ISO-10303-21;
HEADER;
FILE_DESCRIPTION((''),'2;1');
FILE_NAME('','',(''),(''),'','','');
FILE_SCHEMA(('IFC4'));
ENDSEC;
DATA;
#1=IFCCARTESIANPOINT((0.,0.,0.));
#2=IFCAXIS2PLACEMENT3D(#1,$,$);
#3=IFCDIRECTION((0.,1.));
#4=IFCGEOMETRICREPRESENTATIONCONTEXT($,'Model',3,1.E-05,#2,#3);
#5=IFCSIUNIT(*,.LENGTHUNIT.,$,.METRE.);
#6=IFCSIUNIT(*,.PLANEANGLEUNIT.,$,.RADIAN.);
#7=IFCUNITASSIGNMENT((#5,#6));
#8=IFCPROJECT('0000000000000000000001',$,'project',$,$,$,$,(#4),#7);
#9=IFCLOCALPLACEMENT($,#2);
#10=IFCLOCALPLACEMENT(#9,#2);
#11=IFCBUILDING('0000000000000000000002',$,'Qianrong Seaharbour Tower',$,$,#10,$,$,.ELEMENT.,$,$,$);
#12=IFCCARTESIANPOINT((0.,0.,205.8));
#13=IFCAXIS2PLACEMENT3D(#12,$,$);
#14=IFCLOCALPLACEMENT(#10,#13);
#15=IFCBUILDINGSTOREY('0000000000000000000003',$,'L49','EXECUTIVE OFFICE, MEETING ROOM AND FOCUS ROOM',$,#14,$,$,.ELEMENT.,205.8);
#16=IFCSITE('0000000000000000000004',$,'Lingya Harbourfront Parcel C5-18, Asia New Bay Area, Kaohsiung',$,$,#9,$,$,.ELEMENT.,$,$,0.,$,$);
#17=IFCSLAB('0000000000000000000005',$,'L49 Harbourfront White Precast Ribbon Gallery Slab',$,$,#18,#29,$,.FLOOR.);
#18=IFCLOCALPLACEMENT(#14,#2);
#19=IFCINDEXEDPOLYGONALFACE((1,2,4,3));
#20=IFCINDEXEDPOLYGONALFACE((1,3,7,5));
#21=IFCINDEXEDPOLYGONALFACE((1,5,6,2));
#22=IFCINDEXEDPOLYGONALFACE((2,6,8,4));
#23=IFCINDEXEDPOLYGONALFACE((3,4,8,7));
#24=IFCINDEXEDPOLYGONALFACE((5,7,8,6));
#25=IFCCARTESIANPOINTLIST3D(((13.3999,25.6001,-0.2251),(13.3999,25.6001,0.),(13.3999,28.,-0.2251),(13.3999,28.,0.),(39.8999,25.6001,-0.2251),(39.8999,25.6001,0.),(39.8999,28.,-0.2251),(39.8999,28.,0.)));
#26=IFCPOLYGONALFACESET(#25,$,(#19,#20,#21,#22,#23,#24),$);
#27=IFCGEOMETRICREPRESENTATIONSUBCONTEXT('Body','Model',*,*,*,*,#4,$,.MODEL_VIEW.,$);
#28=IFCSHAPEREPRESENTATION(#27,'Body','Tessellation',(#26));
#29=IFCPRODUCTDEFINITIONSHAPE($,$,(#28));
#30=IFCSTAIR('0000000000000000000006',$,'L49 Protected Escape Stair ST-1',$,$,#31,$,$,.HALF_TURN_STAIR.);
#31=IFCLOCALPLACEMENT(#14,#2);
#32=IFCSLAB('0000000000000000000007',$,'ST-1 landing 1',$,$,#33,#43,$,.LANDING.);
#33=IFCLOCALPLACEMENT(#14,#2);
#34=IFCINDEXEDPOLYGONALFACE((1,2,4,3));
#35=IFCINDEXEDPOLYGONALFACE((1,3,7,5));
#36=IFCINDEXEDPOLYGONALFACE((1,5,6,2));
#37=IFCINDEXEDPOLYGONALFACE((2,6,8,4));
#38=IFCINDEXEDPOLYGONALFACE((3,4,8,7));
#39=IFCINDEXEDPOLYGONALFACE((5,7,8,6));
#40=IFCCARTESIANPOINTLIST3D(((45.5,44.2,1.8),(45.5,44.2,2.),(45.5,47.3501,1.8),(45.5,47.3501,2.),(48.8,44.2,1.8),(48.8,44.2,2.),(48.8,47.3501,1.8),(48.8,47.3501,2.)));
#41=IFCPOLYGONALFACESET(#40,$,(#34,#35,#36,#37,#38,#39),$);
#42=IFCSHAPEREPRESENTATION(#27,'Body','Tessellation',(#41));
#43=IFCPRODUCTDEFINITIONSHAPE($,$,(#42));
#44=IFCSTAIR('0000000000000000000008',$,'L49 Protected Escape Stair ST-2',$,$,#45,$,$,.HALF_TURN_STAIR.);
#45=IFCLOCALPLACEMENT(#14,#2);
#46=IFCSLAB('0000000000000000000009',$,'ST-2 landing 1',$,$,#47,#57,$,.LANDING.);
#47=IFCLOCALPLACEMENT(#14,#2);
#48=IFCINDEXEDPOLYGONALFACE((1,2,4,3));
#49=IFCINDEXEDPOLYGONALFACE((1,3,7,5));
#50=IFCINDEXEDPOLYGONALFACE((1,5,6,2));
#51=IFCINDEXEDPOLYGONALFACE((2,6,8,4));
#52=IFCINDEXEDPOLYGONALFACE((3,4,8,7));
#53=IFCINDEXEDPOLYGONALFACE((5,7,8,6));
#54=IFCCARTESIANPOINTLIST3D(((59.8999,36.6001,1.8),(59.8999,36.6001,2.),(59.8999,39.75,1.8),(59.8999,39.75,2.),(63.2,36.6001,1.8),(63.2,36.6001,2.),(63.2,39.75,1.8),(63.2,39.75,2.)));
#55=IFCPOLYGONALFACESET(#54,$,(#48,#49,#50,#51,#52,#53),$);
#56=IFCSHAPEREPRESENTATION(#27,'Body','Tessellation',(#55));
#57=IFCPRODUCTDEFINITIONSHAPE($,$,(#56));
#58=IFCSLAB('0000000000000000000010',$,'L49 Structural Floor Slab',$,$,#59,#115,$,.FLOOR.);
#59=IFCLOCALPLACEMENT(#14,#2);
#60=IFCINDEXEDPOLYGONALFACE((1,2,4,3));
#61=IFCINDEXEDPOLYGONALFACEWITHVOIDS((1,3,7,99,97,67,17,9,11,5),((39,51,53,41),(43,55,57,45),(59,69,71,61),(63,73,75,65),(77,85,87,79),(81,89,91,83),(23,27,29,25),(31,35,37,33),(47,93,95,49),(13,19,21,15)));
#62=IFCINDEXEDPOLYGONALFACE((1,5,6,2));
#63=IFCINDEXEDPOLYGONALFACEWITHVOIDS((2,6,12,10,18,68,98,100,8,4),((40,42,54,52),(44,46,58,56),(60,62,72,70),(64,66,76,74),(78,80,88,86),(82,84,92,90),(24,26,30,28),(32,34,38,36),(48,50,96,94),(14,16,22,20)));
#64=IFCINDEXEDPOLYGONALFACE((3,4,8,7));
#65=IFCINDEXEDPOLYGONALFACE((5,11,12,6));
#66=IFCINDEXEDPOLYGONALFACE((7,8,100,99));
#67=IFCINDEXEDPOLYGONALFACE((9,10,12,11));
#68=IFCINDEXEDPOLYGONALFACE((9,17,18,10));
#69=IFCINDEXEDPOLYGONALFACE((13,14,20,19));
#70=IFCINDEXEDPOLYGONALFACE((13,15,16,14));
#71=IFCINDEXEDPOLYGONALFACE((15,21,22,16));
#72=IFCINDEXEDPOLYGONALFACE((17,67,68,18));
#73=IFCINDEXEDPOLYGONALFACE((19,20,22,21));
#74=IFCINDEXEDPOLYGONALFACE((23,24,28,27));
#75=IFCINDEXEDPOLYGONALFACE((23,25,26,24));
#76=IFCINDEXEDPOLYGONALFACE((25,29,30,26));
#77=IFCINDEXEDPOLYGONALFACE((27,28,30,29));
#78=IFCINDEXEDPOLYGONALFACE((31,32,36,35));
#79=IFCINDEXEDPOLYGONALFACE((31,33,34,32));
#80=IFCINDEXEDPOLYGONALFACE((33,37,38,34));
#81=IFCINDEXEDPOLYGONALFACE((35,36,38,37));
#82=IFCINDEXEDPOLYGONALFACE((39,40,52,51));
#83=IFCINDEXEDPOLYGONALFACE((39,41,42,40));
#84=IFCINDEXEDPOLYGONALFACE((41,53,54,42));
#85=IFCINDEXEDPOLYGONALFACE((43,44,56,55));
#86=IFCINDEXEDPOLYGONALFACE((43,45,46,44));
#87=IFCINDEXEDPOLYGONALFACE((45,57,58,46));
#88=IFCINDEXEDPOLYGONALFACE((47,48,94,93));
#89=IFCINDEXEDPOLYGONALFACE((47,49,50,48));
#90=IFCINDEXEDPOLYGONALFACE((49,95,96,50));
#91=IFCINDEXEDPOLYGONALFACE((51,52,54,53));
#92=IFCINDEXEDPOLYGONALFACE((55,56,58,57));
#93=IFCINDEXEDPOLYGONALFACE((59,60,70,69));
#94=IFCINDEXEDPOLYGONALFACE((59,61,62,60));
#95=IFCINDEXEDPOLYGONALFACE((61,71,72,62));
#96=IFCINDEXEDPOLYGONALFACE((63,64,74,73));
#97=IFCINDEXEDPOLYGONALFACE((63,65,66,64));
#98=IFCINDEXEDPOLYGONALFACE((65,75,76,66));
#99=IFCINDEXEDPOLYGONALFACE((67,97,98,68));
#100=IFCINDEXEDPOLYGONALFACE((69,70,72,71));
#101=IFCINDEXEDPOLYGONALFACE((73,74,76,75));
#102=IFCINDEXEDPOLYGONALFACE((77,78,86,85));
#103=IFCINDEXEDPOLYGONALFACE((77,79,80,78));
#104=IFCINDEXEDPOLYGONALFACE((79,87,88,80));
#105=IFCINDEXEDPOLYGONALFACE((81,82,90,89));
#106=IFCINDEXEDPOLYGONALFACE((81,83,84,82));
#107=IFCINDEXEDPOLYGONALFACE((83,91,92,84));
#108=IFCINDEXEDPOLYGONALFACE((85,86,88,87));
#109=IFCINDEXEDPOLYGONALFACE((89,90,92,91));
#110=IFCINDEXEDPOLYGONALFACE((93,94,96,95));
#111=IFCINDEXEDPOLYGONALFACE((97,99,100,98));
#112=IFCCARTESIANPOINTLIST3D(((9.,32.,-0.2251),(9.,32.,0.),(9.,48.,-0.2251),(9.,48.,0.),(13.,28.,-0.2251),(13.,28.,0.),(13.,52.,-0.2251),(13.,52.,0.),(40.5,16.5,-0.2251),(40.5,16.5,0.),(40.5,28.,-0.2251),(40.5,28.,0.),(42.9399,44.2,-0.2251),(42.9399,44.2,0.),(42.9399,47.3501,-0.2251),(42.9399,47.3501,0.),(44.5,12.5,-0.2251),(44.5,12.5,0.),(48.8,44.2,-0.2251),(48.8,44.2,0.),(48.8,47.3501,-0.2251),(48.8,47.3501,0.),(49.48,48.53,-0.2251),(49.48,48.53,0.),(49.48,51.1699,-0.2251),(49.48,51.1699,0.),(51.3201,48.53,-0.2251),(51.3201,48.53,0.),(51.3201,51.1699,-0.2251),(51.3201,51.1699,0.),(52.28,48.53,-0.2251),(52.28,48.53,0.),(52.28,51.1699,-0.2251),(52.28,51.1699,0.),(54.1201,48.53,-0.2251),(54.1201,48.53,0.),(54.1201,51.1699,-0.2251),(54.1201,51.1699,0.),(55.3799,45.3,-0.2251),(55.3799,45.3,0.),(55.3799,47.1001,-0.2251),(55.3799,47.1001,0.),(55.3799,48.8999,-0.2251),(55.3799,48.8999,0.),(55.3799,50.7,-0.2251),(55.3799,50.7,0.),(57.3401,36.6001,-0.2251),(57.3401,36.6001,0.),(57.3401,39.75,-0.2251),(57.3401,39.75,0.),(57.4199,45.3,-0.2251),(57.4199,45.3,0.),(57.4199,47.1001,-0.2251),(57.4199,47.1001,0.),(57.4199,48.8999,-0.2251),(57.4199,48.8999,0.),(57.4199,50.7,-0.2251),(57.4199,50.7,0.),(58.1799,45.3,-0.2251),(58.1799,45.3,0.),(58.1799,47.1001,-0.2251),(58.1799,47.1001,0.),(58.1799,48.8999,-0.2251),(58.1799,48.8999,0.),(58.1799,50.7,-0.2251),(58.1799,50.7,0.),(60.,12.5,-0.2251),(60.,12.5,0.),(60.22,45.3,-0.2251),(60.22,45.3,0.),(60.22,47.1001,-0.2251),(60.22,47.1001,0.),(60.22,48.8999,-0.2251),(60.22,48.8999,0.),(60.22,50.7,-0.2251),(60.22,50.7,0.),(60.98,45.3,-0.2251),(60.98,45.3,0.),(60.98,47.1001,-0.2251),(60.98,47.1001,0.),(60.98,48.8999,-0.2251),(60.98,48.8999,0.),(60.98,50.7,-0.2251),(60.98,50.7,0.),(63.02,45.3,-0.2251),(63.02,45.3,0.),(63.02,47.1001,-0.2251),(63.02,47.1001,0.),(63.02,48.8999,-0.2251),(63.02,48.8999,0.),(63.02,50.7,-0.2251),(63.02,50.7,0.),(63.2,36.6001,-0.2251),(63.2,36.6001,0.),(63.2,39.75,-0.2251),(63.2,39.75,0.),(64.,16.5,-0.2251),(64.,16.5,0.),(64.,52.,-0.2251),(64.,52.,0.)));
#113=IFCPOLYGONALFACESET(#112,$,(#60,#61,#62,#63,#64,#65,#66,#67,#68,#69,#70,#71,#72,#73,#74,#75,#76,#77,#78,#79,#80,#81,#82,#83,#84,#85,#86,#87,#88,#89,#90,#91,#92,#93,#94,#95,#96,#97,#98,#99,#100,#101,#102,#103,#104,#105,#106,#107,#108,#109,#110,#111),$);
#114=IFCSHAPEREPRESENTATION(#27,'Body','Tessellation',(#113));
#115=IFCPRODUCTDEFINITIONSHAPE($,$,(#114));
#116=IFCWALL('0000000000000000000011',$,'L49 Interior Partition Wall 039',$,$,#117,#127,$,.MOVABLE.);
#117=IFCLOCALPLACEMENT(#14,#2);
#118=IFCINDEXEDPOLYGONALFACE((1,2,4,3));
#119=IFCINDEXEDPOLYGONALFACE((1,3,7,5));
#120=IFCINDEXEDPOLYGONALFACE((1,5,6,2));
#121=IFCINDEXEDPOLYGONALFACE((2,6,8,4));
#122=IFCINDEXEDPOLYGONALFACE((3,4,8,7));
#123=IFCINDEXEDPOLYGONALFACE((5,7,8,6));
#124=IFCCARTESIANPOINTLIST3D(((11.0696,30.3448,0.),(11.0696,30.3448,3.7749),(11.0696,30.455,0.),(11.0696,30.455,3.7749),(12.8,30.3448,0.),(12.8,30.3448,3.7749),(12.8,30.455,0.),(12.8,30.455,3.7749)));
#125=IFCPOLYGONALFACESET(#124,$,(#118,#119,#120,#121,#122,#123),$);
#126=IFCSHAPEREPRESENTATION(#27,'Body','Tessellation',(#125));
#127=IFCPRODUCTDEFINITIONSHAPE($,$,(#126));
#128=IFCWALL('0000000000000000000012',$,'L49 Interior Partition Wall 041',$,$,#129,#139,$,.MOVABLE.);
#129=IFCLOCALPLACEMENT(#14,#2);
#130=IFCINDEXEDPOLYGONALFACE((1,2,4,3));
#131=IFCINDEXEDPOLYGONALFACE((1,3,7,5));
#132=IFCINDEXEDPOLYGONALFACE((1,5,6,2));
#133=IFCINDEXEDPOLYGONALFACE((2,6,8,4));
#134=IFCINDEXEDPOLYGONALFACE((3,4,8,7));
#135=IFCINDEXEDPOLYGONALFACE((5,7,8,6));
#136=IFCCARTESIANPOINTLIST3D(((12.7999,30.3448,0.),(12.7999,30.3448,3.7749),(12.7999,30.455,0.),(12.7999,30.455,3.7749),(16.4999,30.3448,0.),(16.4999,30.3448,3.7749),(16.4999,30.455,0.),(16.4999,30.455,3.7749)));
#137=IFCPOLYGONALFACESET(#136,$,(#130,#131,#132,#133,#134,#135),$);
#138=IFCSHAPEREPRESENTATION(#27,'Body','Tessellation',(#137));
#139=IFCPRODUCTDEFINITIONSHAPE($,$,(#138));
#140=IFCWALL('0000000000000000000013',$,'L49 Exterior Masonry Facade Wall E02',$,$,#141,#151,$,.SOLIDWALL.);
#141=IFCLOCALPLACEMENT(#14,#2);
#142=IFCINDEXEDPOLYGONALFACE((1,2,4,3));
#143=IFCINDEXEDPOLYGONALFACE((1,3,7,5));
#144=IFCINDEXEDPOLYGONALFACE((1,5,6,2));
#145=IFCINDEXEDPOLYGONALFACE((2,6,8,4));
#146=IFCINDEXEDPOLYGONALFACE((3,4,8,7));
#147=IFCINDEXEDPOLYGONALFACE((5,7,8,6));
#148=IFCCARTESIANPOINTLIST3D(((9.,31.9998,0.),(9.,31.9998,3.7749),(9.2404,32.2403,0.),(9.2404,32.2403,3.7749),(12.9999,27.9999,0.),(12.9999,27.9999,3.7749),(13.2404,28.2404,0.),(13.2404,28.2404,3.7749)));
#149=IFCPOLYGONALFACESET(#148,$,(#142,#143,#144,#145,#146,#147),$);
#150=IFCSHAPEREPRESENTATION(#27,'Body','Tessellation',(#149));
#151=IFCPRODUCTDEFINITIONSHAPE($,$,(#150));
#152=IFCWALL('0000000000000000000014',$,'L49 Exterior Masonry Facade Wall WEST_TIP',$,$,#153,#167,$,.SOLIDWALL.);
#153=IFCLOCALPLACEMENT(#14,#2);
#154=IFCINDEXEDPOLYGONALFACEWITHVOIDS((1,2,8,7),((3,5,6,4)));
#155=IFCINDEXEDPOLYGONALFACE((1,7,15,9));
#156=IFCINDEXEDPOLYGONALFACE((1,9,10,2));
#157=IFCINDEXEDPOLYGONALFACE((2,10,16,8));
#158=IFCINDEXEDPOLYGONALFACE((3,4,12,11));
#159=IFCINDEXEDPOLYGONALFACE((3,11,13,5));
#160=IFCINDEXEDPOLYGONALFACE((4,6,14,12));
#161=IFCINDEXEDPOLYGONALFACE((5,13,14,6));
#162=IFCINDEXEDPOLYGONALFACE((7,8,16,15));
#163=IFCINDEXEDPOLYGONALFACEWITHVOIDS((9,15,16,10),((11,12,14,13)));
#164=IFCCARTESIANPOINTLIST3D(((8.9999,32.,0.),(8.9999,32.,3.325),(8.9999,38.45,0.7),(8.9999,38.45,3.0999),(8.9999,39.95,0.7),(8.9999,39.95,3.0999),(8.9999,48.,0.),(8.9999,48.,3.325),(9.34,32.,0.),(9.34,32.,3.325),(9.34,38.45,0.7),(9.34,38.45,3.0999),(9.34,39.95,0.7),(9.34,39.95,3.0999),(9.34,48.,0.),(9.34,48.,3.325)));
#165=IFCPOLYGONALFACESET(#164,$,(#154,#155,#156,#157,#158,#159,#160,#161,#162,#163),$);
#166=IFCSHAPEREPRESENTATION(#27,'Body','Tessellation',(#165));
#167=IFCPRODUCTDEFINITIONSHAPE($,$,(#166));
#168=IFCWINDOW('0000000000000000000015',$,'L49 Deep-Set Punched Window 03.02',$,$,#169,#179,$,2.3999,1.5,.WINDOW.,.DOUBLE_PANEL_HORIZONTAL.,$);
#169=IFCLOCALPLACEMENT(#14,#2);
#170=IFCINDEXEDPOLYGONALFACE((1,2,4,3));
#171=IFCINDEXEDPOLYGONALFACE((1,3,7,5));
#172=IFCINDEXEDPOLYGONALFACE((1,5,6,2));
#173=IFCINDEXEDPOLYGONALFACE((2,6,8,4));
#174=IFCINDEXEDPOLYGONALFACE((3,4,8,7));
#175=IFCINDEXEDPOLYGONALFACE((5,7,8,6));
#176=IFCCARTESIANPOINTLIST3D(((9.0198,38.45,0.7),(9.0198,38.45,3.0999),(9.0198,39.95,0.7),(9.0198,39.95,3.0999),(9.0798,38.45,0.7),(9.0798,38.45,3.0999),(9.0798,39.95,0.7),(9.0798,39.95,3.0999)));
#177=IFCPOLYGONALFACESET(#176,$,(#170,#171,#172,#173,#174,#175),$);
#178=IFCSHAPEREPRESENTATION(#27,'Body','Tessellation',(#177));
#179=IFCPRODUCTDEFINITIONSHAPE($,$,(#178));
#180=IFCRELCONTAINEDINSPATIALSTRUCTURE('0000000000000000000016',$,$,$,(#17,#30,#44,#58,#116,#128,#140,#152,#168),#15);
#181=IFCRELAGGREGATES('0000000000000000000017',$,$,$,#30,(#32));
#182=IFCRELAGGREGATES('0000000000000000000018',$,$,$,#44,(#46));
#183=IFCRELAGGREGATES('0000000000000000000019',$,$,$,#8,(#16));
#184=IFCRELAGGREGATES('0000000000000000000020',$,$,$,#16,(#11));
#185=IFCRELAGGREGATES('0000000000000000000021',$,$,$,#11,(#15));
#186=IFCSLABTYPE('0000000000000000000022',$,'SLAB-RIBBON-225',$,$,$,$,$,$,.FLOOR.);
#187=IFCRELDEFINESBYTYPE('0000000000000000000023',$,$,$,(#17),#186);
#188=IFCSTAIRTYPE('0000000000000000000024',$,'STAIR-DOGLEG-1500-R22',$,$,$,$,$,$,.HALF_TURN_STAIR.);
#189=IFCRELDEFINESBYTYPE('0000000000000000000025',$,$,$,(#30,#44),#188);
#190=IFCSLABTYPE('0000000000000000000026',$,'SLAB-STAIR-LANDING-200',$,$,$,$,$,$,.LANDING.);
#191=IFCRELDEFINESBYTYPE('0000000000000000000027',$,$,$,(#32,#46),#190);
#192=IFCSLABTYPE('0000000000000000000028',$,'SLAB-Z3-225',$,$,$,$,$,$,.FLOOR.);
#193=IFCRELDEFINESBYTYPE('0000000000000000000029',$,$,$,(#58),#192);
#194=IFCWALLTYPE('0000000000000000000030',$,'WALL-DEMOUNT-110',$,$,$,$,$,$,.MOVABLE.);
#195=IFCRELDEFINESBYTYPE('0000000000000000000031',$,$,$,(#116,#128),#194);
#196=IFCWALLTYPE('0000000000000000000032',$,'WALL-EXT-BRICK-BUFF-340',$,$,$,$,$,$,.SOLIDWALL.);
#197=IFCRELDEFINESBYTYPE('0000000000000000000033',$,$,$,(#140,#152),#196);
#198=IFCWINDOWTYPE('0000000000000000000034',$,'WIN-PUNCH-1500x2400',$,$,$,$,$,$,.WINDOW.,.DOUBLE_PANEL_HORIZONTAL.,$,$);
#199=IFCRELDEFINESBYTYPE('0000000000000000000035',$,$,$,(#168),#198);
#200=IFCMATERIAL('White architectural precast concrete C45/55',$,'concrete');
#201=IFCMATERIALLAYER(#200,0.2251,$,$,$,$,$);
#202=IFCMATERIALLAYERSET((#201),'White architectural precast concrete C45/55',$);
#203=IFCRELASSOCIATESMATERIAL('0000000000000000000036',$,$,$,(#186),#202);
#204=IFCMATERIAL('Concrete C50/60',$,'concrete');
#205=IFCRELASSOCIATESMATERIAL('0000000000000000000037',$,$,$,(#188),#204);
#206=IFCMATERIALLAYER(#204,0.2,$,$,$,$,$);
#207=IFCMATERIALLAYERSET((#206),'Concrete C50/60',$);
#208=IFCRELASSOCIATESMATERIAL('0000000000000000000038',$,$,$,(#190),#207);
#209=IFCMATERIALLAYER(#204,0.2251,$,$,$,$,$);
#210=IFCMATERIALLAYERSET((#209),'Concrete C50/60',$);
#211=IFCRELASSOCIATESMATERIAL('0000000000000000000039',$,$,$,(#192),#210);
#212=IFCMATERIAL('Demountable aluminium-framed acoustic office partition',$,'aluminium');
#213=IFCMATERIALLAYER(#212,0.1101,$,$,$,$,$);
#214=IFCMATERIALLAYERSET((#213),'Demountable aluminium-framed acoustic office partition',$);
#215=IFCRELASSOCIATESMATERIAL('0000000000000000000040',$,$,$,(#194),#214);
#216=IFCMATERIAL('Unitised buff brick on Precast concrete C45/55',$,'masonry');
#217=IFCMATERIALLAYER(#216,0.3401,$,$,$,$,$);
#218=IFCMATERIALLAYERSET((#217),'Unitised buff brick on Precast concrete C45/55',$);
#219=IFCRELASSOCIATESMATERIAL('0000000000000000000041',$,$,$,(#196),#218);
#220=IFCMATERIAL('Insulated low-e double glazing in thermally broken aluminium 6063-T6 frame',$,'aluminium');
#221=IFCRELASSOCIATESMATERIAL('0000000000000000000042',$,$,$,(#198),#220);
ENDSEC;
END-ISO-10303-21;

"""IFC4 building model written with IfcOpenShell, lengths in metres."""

from ifc_helpers import new_model, si_unit, direction, frame, frame_2d, origin, place, context, subcontext, project, spatial, polyline, rectangle, outline, extrude, material, layer, layer_set, type_object, element, fill, aggregate, save


model = new_model("IFC4")

# Units and contexts
model_context = context("Model", 3, precision=1e-05, world=origin(), true_north=direction((0.0, 1.0)))
body_context = subcontext(model_context, "Body", "Model", "MODEL_VIEW")
ifc_project = project(units=[si_unit("LENGTHUNIT", "METRE"), si_unit("PLANEANGLEUNIT", "RADIAN")], contexts=[model_context])

# Site, building, storey
site_placement = place(None, origin())
site = spatial("IfcSite", under=ifc_project, at=site_placement, Name="Lingya Harbourfront Parcel C5-18, Asia New Bay Area, Kaohsiung", CompositionType="ELEMENT", RefElevation=0.0)
building_placement = place(site_placement, origin())
building = spatial("IfcBuilding", under=site, at=building_placement, Name="Qianrong Seaharbour Tower", CompositionType="ELEMENT")
storey_placement = place(building_placement, frame((0.0, 0.0, 205.8)))
storey = spatial("IfcBuildingStorey", under=building, at=storey_placement, Name="L49", Description="EXECUTIVE OFFICE, MEETING ROOM AND FOCUS ROOM", CompositionType="ELEMENT", Elevation=205.8)

# Shared definitions
ifc_material_1 = material(Name="White architectural precast concrete C45/55", Category="concrete")

# Slab
ifc_layer_1 = layer(ifc_material_1, 0.2251)
ifc_layer_set_1 = layer_set([ifc_layer_1], Name="White architectural precast concrete C45/55")
slab_type_1 = type_object("IfcSlabType", Name="SLAB-RIBBON-225", PredefinedType="FLOOR", material=ifc_layer_set_1)
slab_1_placement = place(storey_placement, frame((0.0, 0.0, -0.2251)))
element("IfcSlab", 1, at=slab_1_placement, inside=storey, type_object=slab_type_1, Name="L49 Harbourfront White Precast Ribbon Gallery Slab", PredefinedType="FLOOR", context=body_context, shape_type="SweptSolid", body=[
    extrude(outline(polyline([(13.3999, 25.6001), (39.8999, 25.6001), (39.8999, 28.0), (13.3999, 28.0), (13.3999, 25.6001)])), origin(), (0.0, 0.0, 1.0), 0.2251),
])

# Stairs, slabs
ifc_material_2 = material(Name="Concrete C50/60", Category="concrete")
stair_type = type_object("IfcStairType", Name="STAIR-DOGLEG-1500-R22", PredefinedType="HALF_TURN_STAIR", material=ifc_material_2)
stair_1_placement = place(storey_placement, origin())
stair_1 = element("IfcStair", 2, at=stair_1_placement, inside=storey, type_object=stair_type, Name="L49 Protected Escape Stair ST-1", PredefinedType="HALF_TURN_STAIR")
ifc_layer_2 = layer(ifc_material_2, 0.2)
ifc_layer_set_2 = layer_set([ifc_layer_2], Name="Concrete C50/60")
slab_type_2 = type_object("IfcSlabType", Name="SLAB-STAIR-LANDING-200", PredefinedType="LANDING", material=ifc_layer_set_2)
slab_2_placement = place(storey_placement, frame((0.0, 0.0, 1.8)))
slab_2 = element("IfcSlab", 3, at=slab_2_placement, type_object=slab_type_2, Name="ST-1 landing 1", PredefinedType="LANDING", context=body_context, shape_type="SweptSolid", body=[
    extrude(outline(polyline([(45.5, 44.2), (48.8, 44.2), (48.8, 47.3501), (45.5, 47.3501), (45.5, 44.2)])), origin(), (0.0, 0.0, 1.0), 0.2),
])
aggregate(stair_1, [slab_2])
stair_2_placement = place(storey_placement, origin())
stair_2 = element("IfcStair", 4, at=stair_2_placement, inside=storey, type_object=stair_type, Name="L49 Protected Escape Stair ST-2", PredefinedType="HALF_TURN_STAIR")
slab_3_placement = place(storey_placement, frame((0.0, 0.0, 1.8)))
slab_3 = element("IfcSlab", 5, at=slab_3_placement, type_object=slab_type_2, Name="ST-2 landing 1", PredefinedType="LANDING", context=body_context, shape_type="SweptSolid", body=[
    extrude(outline(polyline([(59.8999, 36.6001), (63.2, 36.6001), (63.2, 39.75), (59.8999, 39.75), (59.8999, 36.6001)])), origin(), (0.0, 0.0, 1.0), 0.2),
])
aggregate(stair_2, [slab_3])

# Slab
ifc_layer_3 = layer(ifc_material_2, 0.2251)
ifc_layer_set_3 = layer_set([ifc_layer_3], Name="Concrete C50/60")
slab_type_3 = type_object("IfcSlabType", Name="SLAB-Z3-225", PredefinedType="FLOOR", material=ifc_layer_set_3)
slab_4_placement = place(storey_placement, frame((0.0, 0.0, -0.2251)))
element("IfcSlab", 6, at=slab_4_placement, inside=storey, type_object=slab_type_3, Name="L49 Structural Floor Slab", PredefinedType="FLOOR", context=body_context, shape_type="SweptSolid", body=[
    extrude(outline(polyline([(44.5, 12.5), (60.0, 12.5), (64.0, 16.5), (64.0, 52.0), (13.0, 52.0), (9.0, 48.0), (9.0, 32.0), (13.0, 28.0), (40.5, 28.0), (40.5, 16.5), (44.5, 12.5)]), holes=[polyline([(42.9399, 44.2), (42.9399, 47.3501), (48.8, 47.3501), (48.8, 44.2), (42.9399, 44.2)]), polyline([(57.3401, 36.6001), (57.3401, 39.75), (63.2, 39.75), (63.2, 36.6001), (57.3401, 36.6001)]), polyline([(49.48, 48.53), (49.48, 51.1699), (51.3201, 51.1699), (51.3201, 48.53), (49.48, 48.53)]), polyline([(52.28, 48.53), (52.28, 51.1699), (54.1201, 51.1699), (54.1201, 48.53), (52.28, 48.53)]), polyline([(55.3799, 45.3), (55.3799, 47.1001), (57.4199, 47.1001), (57.4199, 45.3), (55.3799, 45.3)]), polyline([(58.1799, 45.3), (58.1799, 47.1001), (60.22, 47.1001), (60.22, 45.3), (58.1799, 45.3)]), polyline([(60.98, 45.3), (60.98, 47.1001), (63.02, 47.1001), (63.02, 45.3), (60.98, 45.3)]), polyline([(55.3799, 48.8999), (55.3799, 50.7), (57.4199, 50.7), (57.4199, 48.8999), (55.3799, 48.8999)]), polyline([(58.1799, 48.8999), (58.1799, 50.7), (60.22, 50.7), (60.22, 48.8999), (58.1799, 48.8999)]), polyline([(60.98, 48.8999), (60.98, 50.7), (63.02, 50.7), (63.02, 48.8999), (60.98, 48.8999)])]), origin(), (0.0, 0.0, 1.0), 0.2251),
])

# Walls
ifc_material_3 = material(Name="Demountable aluminium-framed acoustic office partition", Category="aluminium")
ifc_layer_4 = layer(ifc_material_3, 0.1101)
ifc_layer_set_4 = layer_set([ifc_layer_4], Name="Demountable aluminium-framed acoustic office partition")
wall_type_1 = type_object("IfcWallType", Name="WALL-DEMOUNT-110", PredefinedType="MOVABLE", material=ifc_layer_set_4)
wall_1_placement = place(storey_placement, frame((12.8, 30.3999, 0.0), z_axis=(0.0, 0.0, 1.0), x_axis=(-1.0, 0.0, 0.0)))
element("IfcWall", 7, at=wall_1_placement, inside=storey, type_object=wall_type_1, Name="L49 Interior Partition Wall 039", PredefinedType="MOVABLE", context=body_context, shape_type="SweptSolid", body=[
    extrude(rectangle(XDim=1.7305, YDim=0.1101, at=frame_2d((0.8652, 0.0))), origin(), (0.0, 0.0, 1.0), 3.7749),
])
wall_2_placement = place(storey_placement, frame((16.5, 30.3999, 0.0), z_axis=(0.0, 0.0, 1.0), x_axis=(-1.0, 0.0, 0.0)))
element("IfcWall", 8, at=wall_2_placement, inside=storey, type_object=wall_type_1, Name="L49 Interior Partition Wall 041", PredefinedType="MOVABLE", context=body_context, shape_type="SweptSolid", body=[
    extrude(rectangle(XDim=3.7, YDim=0.1101, at=frame_2d((1.8501, 0.0))), origin(), (0.0, 0.0, 1.0), 3.7749),
])
ifc_material_4 = material(Name="Unitised buff brick on Precast concrete C45/55", Category="masonry")
ifc_layer_5 = layer(ifc_material_4, 0.3401)
ifc_layer_set_5 = layer_set([ifc_layer_5], Name="Unitised buff brick on Precast concrete C45/55")
wall_type_2 = type_object("IfcWallType", Name="WALL-EXT-BRICK-BUFF-340", PredefinedType="SOLIDWALL", material=ifc_layer_set_5)
wall_3_placement = place(storey_placement, frame((13.1201, 28.1201, 0.0), z_axis=(0.0, 0.0, 1.0), x_axis=(-0.707107, 0.707107, 0.0)))
element("IfcWall", 9, at=wall_3_placement, inside=storey, type_object=wall_type_2, Name="L49 Exterior Masonry Facade Wall E02", PredefinedType="SOLIDWALL", context=body_context, shape_type="SweptSolid", body=[
    extrude(rectangle(XDim=5.6567, YDim=0.3401, at=frame_2d((2.8284, 0.0))), origin(), (0.0, 0.0, 1.0), 3.7749),
])

# Wall, opening, window
wall_4_placement = place(storey_placement, frame((9.1699, 32.0, 0.0), z_axis=(0.0, 0.0, 1.0), x_axis=(0.0, 1.0, 0.0)))
wall_4 = element("IfcWall", 10, at=wall_4_placement, inside=storey, type_object=wall_type_2, Name="L49 Exterior Masonry Facade Wall WEST_TIP", PredefinedType="SOLIDWALL", context=body_context, shape_type="SweptSolid", body=[
    extrude(rectangle(XDim=16.0, YDim=0.3401, at=frame_2d((8.0, 0.0))), origin(), (0.0, 0.0, 1.0), 3.325),
])
opening_1_placement = place(wall_4_placement, frame((6.45, 0.0, 0.7)))
opening_1 = element("IfcOpeningElement", 11, at=opening_1_placement, cuts=wall_4, PredefinedType="OPENING", context=body_context, shape_type="SweptSolid", body=[
    extrude(rectangle(XDim=1.5, YDim=2.3999, at=frame_2d((0.75, 1.2))), frame((0.0, 0.1802, 0.0), z_axis=(0.0, -1.0, 0.0), x_axis=(1.0, 0.0, 0.0)), (0.0, 0.0, 1.0), 0.3601),
])
ifc_material_5 = material(Name="Insulated low-e double glazing in thermally broken aluminium 6063-T6 frame", Category="aluminium")
window_type = type_object("IfcWindowType", Name="WIN-PUNCH-1500x2400", PartitioningType="DOUBLE_PANEL_HORIZONTAL", PredefinedType="WINDOW", material=ifc_material_5)
window_placement = place(opening_1_placement, origin())
window = element("IfcWindow", 12, at=window_placement, inside=storey, type_object=window_type, Name="L49 Deep-Set Punched Window 03.02", OverallHeight=2.3999, OverallWidth=1.5, PartitioningType="DOUBLE_PANEL_HORIZONTAL", PredefinedType="WINDOW", context=body_context, shape_type="SweptSolid", body=[
    extrude(rectangle(XDim=1.5, YDim=2.3999, at=frame_2d((0.75, 1.2))), frame((0.0, 0.1501, 0.0), z_axis=(0.0, -1.0, 0.0), x_axis=(1.0, 0.0, 0.0)), (0.0, 0.0, 1.0), 0.0601),
])
fill(opening_1, window)

save(model, "model.ifc")
